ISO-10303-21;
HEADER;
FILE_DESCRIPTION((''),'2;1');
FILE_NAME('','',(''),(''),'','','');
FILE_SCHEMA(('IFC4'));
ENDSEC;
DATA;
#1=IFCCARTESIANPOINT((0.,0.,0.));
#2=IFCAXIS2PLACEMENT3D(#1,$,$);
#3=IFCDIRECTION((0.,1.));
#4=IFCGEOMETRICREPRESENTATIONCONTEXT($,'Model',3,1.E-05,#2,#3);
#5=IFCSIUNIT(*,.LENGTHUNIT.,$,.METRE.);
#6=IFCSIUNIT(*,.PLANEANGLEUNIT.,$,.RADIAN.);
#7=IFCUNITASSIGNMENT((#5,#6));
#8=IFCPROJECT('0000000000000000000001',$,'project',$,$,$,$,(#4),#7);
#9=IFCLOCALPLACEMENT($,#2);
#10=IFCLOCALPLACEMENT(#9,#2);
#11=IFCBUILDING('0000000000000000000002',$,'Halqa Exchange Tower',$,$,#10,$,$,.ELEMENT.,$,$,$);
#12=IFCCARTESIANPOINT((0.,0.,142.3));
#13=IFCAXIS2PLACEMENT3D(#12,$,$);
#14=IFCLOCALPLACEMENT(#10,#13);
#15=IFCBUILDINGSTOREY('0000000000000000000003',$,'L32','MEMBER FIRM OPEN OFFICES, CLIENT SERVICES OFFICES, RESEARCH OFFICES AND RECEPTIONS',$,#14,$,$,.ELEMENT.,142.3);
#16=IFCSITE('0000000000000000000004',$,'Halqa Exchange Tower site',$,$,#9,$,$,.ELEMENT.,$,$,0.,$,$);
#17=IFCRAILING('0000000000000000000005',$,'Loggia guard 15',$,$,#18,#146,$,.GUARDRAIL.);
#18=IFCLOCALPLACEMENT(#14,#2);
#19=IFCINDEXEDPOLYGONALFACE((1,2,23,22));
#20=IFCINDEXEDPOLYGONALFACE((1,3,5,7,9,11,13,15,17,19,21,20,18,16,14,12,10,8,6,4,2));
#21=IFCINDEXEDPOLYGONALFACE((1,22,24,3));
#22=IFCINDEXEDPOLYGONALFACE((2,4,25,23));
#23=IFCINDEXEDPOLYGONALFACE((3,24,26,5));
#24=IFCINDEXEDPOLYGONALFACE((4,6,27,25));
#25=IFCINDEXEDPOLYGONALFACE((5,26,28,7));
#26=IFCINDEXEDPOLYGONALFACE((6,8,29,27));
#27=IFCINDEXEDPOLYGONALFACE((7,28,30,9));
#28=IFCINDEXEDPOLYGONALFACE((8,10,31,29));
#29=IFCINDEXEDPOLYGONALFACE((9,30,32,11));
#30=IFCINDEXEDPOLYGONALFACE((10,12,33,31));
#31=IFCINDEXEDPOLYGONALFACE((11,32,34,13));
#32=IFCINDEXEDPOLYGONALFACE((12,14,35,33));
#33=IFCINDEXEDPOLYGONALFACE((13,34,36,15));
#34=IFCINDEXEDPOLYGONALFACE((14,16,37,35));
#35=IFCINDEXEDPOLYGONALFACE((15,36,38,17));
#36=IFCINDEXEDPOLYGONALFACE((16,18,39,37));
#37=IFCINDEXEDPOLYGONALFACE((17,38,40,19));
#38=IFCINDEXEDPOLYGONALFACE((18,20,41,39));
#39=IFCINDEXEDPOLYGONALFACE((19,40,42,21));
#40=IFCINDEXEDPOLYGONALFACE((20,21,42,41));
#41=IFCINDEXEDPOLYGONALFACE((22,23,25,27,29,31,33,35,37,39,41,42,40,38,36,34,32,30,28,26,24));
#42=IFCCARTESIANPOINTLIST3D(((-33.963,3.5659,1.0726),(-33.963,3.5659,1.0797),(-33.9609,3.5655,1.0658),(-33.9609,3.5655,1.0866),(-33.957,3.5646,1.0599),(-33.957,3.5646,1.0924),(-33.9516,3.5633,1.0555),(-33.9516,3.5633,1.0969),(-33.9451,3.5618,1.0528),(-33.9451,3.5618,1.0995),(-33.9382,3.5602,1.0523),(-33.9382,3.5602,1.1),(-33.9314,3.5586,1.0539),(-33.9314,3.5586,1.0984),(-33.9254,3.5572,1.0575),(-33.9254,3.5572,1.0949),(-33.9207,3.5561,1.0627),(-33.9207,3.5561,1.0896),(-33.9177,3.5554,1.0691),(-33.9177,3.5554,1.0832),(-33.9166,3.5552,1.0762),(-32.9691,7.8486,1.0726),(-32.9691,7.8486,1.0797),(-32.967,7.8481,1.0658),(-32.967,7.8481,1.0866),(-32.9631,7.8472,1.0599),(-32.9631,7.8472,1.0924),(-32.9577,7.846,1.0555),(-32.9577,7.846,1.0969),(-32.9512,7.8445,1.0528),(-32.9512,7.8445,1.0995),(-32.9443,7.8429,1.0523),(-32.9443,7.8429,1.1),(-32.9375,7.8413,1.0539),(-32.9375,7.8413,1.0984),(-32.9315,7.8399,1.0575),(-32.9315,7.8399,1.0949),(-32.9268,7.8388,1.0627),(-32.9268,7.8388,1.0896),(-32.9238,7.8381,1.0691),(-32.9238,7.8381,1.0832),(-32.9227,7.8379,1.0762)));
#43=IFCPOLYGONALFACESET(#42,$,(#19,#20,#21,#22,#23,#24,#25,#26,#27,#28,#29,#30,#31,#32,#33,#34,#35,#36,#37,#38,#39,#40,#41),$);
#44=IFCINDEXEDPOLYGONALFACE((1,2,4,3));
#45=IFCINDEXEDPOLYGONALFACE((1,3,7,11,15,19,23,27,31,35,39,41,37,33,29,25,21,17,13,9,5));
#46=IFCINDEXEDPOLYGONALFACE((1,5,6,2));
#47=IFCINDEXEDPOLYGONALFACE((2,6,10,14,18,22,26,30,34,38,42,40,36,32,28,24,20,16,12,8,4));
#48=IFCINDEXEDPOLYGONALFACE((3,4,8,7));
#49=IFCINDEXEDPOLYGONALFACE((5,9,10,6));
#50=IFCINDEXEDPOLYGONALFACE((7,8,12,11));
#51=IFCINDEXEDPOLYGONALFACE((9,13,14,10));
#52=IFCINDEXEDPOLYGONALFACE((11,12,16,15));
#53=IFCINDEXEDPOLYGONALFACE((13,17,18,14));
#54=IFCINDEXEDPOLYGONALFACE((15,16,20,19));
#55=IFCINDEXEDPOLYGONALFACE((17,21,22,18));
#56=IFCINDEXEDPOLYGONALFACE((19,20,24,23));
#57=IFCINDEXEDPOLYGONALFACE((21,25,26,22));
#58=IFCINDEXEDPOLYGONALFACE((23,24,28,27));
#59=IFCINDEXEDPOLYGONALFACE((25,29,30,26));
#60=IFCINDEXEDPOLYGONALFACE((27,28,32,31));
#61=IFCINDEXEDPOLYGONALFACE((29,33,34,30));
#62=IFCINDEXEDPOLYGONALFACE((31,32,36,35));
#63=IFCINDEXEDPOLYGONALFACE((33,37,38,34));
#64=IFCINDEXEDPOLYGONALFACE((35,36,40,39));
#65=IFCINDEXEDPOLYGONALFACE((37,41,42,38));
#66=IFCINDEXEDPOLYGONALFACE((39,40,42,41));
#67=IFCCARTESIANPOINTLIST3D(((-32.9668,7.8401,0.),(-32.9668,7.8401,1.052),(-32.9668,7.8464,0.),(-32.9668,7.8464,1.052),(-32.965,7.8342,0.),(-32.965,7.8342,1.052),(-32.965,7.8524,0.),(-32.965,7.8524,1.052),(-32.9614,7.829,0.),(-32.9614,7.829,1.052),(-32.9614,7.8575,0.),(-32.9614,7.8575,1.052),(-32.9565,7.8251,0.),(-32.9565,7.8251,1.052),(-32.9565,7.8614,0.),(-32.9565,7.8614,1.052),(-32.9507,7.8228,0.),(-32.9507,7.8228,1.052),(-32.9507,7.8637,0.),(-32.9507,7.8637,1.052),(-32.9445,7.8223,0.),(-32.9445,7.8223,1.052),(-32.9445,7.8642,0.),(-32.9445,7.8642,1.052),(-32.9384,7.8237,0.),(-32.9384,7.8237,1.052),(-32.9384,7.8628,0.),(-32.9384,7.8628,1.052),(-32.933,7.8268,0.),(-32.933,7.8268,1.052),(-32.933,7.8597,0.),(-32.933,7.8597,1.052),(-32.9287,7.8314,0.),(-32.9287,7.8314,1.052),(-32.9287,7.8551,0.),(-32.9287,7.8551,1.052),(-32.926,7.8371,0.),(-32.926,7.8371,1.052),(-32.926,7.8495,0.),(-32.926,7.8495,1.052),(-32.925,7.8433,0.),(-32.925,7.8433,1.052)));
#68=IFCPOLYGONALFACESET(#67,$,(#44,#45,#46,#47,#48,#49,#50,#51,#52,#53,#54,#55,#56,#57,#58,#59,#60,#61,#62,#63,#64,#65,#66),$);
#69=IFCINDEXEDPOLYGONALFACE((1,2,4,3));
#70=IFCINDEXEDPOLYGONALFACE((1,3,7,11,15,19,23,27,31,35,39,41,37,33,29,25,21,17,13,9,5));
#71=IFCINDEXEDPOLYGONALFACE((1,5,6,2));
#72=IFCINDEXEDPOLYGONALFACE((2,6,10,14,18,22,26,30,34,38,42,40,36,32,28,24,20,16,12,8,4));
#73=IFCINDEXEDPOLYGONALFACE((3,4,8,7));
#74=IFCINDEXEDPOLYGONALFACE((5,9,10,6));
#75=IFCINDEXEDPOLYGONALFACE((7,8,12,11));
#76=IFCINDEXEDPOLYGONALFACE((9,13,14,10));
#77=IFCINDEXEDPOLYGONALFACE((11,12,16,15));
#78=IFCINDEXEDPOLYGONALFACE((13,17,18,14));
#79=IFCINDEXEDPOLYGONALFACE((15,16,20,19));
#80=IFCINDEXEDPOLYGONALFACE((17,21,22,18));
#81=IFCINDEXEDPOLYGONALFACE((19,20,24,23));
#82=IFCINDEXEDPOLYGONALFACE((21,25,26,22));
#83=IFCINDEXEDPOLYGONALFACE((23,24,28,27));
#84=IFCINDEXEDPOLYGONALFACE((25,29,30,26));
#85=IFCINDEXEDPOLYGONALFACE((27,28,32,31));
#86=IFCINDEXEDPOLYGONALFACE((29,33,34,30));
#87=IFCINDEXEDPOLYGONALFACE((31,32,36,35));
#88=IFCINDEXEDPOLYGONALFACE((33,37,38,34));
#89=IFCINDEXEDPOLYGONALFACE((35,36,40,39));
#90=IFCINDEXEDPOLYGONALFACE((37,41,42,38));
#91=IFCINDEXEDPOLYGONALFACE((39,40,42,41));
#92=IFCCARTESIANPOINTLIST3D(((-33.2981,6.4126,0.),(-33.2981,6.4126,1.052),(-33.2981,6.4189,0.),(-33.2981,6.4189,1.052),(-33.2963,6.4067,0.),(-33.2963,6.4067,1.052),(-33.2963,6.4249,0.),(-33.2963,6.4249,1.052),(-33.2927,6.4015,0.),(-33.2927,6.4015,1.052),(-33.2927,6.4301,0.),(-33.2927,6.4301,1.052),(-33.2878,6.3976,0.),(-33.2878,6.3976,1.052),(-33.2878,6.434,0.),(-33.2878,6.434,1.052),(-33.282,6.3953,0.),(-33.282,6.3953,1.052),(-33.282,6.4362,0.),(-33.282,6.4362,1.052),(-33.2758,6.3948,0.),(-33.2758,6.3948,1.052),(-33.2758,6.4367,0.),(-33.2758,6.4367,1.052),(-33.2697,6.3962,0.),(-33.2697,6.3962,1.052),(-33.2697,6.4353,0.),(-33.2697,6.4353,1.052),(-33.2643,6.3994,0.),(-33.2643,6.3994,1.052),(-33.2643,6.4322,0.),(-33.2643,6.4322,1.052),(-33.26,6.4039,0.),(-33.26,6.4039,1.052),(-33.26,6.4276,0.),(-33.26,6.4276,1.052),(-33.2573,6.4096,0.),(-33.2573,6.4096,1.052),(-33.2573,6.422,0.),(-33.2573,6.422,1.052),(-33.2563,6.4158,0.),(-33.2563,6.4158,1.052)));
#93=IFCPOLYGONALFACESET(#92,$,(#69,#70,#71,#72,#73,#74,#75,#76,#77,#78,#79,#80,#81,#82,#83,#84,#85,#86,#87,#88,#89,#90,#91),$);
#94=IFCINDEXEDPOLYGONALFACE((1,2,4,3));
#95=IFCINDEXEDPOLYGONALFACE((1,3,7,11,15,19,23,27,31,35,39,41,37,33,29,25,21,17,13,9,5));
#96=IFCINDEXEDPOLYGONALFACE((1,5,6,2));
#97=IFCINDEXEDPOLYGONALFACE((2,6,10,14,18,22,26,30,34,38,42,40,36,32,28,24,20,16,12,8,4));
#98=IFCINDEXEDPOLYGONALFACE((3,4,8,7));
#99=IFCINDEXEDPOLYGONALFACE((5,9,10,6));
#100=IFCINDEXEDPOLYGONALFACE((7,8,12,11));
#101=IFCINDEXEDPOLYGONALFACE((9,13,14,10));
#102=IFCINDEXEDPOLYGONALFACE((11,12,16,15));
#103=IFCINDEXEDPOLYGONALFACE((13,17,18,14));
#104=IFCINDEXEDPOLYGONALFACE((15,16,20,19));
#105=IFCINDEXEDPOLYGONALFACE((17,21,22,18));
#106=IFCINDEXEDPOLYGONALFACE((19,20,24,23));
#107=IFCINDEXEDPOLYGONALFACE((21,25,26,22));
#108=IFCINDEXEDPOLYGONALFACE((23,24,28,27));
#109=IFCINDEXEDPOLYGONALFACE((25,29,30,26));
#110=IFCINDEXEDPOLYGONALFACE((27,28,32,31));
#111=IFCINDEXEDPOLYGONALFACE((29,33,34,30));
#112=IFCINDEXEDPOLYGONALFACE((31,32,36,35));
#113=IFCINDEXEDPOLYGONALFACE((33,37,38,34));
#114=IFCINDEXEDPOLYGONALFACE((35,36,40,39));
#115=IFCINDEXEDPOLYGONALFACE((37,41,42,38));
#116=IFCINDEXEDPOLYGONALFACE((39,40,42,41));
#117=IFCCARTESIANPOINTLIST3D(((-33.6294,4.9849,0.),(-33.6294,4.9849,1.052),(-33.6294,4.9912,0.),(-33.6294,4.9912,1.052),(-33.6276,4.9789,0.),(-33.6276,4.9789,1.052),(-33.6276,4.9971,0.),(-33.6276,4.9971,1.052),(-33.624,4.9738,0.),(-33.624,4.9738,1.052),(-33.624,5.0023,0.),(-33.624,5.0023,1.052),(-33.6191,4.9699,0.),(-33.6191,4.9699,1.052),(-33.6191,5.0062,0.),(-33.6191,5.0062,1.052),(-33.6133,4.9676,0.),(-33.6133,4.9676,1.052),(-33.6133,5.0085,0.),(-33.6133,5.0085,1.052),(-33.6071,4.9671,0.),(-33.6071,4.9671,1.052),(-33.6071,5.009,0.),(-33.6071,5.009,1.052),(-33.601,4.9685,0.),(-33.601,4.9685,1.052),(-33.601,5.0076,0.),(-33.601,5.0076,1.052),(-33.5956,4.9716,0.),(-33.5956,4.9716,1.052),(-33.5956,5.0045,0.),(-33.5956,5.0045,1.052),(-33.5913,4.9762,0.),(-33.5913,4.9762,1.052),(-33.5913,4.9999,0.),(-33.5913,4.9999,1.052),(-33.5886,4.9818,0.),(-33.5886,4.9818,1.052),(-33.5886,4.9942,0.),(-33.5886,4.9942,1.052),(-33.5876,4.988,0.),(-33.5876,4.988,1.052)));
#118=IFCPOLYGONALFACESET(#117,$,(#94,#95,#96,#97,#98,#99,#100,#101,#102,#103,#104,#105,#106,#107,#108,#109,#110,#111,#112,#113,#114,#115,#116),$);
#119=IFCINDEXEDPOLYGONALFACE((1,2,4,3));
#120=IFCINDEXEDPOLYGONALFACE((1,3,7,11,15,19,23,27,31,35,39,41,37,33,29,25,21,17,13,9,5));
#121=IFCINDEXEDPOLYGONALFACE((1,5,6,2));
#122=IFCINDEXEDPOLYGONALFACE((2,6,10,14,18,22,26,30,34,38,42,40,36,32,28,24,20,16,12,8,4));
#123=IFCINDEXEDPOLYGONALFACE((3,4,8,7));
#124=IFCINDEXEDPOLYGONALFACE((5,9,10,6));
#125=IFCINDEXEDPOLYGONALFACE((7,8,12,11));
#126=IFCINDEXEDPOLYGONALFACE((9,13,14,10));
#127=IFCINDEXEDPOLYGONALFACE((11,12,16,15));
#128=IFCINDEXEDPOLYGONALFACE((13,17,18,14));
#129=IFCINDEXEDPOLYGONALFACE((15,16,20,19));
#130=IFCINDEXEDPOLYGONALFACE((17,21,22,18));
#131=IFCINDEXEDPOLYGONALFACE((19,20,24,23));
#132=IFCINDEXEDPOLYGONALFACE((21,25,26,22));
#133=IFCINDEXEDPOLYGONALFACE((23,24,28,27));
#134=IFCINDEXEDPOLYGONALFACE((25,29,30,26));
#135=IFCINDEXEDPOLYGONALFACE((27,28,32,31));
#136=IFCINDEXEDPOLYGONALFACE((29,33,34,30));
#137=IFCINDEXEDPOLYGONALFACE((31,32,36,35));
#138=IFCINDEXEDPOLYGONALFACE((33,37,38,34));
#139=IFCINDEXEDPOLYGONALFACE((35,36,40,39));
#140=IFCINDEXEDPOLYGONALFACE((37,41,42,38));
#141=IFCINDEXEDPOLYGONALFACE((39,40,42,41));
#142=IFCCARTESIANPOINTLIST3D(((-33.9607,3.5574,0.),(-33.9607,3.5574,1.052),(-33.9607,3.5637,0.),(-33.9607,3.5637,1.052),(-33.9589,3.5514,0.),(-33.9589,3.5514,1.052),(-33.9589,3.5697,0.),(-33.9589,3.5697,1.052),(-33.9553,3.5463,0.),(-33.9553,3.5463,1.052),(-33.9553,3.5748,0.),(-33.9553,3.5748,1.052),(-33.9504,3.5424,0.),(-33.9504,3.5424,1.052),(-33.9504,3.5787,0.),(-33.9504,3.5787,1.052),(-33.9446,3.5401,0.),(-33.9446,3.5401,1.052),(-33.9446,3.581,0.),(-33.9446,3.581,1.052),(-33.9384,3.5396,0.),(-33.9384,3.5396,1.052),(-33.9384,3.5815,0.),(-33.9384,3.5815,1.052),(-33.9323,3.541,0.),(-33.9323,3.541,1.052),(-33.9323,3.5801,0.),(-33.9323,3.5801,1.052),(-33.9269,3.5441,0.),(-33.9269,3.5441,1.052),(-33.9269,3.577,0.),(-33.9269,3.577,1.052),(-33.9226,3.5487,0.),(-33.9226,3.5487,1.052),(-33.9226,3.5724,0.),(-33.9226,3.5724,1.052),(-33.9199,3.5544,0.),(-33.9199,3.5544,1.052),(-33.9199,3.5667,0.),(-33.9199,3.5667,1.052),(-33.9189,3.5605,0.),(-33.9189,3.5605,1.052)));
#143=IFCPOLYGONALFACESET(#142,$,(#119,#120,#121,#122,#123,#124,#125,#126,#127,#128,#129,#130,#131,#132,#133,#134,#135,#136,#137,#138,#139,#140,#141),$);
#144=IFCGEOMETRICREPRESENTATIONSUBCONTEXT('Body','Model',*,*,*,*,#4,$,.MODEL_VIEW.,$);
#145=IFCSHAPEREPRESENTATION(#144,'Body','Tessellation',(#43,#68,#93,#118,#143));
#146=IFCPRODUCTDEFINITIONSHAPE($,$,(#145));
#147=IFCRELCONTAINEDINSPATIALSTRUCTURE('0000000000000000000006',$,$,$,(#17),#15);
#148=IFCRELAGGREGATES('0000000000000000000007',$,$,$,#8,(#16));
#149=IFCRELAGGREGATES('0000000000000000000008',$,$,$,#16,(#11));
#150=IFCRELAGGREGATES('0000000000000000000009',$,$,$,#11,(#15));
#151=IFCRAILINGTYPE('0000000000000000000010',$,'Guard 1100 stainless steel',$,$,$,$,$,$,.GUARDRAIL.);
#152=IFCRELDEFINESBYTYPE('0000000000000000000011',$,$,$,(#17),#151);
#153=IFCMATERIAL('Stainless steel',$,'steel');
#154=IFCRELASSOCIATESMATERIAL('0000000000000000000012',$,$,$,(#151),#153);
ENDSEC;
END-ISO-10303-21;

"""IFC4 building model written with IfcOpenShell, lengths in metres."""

from ifc_helpers import new_model, si_unit, direction, frame, origin, origin_2d, place, context, subcontext, project, spatial, circle, extrude, material, type_object, element, save


model = new_model("IFC4")

# Units and contexts
model_context = context("Model", 3, precision=1e-05, world=origin(), true_north=direction((0.0, 1.0)))
body_context = subcontext(model_context, "Body", "Model", "MODEL_VIEW")
ifc_project = project(units=[si_unit("LENGTHUNIT", "METRE"), si_unit("PLANEANGLEUNIT", "RADIAN")], contexts=[model_context])

# Site, building, storey
site_placement = place(None, origin())
site = spatial("IfcSite", under=ifc_project, at=site_placement, Name="Halqa Exchange Tower site", CompositionType="ELEMENT", RefElevation=0.0)
building_placement = place(site_placement, origin())
building = spatial("IfcBuilding", under=site, at=building_placement, Name="Halqa Exchange Tower", CompositionType="ELEMENT")
storey_placement = place(building_placement, frame((0.0, 0.0, 142.3)))
storey = spatial("IfcBuildingStorey", under=building, at=storey_placement, Name="L32", Description="MEMBER FIRM OPEN OFFICES, CLIENT SERVICES OFFICES, RESEARCH OFFICES AND RECEPTIONS", CompositionType="ELEMENT", Elevation=142.3)

# Railing
ifc_material_1 = material(Name="Stainless steel", Category="steel")
railing_type = type_object("IfcRailingType", Name="Guard 1100 stainless steel", PredefinedType="GUARDRAIL", material=ifc_material_1)
railing_1_placement = place(storey_placement, frame((-32.946, 7.8433, 0.0)))
element("IfcRailing", 1, at=railing_1_placement, inside=storey, type_object=railing_type, Name="Loggia guard 15", PredefinedType="GUARDRAIL", context=body_context, shape_type="SweptSolid", body=[
    extrude(circle(Radius=0.0239, at=origin_2d()), frame((0.0, 0.0, 1.0762), z_axis=(-0.226064, -0.974112, 0.0), x_axis=(0.974112, -0.226064, 0.0)), (0.0, 0.0, 1.0), 4.3965),
    extrude(circle(Radius=0.021, at=origin_2d()), origin(), (0.0, 0.0, 1.0), 1.052),
    extrude(circle(Radius=0.021, at=origin_2d()), frame((-0.3313, -1.4275, 0.0)), (0.0, 0.0, 1.0), 1.052),
    extrude(circle(Radius=0.021, at=origin_2d()), frame((-0.6626, -2.8552, 0.0)), (0.0, 0.0, 1.0), 1.052),
    extrude(circle(Radius=0.021, at=origin_2d()), frame((-0.9939, -4.2827, 0.0)), (0.0, 0.0, 1.0), 1.052),
])

save(model, "model.ifc")
